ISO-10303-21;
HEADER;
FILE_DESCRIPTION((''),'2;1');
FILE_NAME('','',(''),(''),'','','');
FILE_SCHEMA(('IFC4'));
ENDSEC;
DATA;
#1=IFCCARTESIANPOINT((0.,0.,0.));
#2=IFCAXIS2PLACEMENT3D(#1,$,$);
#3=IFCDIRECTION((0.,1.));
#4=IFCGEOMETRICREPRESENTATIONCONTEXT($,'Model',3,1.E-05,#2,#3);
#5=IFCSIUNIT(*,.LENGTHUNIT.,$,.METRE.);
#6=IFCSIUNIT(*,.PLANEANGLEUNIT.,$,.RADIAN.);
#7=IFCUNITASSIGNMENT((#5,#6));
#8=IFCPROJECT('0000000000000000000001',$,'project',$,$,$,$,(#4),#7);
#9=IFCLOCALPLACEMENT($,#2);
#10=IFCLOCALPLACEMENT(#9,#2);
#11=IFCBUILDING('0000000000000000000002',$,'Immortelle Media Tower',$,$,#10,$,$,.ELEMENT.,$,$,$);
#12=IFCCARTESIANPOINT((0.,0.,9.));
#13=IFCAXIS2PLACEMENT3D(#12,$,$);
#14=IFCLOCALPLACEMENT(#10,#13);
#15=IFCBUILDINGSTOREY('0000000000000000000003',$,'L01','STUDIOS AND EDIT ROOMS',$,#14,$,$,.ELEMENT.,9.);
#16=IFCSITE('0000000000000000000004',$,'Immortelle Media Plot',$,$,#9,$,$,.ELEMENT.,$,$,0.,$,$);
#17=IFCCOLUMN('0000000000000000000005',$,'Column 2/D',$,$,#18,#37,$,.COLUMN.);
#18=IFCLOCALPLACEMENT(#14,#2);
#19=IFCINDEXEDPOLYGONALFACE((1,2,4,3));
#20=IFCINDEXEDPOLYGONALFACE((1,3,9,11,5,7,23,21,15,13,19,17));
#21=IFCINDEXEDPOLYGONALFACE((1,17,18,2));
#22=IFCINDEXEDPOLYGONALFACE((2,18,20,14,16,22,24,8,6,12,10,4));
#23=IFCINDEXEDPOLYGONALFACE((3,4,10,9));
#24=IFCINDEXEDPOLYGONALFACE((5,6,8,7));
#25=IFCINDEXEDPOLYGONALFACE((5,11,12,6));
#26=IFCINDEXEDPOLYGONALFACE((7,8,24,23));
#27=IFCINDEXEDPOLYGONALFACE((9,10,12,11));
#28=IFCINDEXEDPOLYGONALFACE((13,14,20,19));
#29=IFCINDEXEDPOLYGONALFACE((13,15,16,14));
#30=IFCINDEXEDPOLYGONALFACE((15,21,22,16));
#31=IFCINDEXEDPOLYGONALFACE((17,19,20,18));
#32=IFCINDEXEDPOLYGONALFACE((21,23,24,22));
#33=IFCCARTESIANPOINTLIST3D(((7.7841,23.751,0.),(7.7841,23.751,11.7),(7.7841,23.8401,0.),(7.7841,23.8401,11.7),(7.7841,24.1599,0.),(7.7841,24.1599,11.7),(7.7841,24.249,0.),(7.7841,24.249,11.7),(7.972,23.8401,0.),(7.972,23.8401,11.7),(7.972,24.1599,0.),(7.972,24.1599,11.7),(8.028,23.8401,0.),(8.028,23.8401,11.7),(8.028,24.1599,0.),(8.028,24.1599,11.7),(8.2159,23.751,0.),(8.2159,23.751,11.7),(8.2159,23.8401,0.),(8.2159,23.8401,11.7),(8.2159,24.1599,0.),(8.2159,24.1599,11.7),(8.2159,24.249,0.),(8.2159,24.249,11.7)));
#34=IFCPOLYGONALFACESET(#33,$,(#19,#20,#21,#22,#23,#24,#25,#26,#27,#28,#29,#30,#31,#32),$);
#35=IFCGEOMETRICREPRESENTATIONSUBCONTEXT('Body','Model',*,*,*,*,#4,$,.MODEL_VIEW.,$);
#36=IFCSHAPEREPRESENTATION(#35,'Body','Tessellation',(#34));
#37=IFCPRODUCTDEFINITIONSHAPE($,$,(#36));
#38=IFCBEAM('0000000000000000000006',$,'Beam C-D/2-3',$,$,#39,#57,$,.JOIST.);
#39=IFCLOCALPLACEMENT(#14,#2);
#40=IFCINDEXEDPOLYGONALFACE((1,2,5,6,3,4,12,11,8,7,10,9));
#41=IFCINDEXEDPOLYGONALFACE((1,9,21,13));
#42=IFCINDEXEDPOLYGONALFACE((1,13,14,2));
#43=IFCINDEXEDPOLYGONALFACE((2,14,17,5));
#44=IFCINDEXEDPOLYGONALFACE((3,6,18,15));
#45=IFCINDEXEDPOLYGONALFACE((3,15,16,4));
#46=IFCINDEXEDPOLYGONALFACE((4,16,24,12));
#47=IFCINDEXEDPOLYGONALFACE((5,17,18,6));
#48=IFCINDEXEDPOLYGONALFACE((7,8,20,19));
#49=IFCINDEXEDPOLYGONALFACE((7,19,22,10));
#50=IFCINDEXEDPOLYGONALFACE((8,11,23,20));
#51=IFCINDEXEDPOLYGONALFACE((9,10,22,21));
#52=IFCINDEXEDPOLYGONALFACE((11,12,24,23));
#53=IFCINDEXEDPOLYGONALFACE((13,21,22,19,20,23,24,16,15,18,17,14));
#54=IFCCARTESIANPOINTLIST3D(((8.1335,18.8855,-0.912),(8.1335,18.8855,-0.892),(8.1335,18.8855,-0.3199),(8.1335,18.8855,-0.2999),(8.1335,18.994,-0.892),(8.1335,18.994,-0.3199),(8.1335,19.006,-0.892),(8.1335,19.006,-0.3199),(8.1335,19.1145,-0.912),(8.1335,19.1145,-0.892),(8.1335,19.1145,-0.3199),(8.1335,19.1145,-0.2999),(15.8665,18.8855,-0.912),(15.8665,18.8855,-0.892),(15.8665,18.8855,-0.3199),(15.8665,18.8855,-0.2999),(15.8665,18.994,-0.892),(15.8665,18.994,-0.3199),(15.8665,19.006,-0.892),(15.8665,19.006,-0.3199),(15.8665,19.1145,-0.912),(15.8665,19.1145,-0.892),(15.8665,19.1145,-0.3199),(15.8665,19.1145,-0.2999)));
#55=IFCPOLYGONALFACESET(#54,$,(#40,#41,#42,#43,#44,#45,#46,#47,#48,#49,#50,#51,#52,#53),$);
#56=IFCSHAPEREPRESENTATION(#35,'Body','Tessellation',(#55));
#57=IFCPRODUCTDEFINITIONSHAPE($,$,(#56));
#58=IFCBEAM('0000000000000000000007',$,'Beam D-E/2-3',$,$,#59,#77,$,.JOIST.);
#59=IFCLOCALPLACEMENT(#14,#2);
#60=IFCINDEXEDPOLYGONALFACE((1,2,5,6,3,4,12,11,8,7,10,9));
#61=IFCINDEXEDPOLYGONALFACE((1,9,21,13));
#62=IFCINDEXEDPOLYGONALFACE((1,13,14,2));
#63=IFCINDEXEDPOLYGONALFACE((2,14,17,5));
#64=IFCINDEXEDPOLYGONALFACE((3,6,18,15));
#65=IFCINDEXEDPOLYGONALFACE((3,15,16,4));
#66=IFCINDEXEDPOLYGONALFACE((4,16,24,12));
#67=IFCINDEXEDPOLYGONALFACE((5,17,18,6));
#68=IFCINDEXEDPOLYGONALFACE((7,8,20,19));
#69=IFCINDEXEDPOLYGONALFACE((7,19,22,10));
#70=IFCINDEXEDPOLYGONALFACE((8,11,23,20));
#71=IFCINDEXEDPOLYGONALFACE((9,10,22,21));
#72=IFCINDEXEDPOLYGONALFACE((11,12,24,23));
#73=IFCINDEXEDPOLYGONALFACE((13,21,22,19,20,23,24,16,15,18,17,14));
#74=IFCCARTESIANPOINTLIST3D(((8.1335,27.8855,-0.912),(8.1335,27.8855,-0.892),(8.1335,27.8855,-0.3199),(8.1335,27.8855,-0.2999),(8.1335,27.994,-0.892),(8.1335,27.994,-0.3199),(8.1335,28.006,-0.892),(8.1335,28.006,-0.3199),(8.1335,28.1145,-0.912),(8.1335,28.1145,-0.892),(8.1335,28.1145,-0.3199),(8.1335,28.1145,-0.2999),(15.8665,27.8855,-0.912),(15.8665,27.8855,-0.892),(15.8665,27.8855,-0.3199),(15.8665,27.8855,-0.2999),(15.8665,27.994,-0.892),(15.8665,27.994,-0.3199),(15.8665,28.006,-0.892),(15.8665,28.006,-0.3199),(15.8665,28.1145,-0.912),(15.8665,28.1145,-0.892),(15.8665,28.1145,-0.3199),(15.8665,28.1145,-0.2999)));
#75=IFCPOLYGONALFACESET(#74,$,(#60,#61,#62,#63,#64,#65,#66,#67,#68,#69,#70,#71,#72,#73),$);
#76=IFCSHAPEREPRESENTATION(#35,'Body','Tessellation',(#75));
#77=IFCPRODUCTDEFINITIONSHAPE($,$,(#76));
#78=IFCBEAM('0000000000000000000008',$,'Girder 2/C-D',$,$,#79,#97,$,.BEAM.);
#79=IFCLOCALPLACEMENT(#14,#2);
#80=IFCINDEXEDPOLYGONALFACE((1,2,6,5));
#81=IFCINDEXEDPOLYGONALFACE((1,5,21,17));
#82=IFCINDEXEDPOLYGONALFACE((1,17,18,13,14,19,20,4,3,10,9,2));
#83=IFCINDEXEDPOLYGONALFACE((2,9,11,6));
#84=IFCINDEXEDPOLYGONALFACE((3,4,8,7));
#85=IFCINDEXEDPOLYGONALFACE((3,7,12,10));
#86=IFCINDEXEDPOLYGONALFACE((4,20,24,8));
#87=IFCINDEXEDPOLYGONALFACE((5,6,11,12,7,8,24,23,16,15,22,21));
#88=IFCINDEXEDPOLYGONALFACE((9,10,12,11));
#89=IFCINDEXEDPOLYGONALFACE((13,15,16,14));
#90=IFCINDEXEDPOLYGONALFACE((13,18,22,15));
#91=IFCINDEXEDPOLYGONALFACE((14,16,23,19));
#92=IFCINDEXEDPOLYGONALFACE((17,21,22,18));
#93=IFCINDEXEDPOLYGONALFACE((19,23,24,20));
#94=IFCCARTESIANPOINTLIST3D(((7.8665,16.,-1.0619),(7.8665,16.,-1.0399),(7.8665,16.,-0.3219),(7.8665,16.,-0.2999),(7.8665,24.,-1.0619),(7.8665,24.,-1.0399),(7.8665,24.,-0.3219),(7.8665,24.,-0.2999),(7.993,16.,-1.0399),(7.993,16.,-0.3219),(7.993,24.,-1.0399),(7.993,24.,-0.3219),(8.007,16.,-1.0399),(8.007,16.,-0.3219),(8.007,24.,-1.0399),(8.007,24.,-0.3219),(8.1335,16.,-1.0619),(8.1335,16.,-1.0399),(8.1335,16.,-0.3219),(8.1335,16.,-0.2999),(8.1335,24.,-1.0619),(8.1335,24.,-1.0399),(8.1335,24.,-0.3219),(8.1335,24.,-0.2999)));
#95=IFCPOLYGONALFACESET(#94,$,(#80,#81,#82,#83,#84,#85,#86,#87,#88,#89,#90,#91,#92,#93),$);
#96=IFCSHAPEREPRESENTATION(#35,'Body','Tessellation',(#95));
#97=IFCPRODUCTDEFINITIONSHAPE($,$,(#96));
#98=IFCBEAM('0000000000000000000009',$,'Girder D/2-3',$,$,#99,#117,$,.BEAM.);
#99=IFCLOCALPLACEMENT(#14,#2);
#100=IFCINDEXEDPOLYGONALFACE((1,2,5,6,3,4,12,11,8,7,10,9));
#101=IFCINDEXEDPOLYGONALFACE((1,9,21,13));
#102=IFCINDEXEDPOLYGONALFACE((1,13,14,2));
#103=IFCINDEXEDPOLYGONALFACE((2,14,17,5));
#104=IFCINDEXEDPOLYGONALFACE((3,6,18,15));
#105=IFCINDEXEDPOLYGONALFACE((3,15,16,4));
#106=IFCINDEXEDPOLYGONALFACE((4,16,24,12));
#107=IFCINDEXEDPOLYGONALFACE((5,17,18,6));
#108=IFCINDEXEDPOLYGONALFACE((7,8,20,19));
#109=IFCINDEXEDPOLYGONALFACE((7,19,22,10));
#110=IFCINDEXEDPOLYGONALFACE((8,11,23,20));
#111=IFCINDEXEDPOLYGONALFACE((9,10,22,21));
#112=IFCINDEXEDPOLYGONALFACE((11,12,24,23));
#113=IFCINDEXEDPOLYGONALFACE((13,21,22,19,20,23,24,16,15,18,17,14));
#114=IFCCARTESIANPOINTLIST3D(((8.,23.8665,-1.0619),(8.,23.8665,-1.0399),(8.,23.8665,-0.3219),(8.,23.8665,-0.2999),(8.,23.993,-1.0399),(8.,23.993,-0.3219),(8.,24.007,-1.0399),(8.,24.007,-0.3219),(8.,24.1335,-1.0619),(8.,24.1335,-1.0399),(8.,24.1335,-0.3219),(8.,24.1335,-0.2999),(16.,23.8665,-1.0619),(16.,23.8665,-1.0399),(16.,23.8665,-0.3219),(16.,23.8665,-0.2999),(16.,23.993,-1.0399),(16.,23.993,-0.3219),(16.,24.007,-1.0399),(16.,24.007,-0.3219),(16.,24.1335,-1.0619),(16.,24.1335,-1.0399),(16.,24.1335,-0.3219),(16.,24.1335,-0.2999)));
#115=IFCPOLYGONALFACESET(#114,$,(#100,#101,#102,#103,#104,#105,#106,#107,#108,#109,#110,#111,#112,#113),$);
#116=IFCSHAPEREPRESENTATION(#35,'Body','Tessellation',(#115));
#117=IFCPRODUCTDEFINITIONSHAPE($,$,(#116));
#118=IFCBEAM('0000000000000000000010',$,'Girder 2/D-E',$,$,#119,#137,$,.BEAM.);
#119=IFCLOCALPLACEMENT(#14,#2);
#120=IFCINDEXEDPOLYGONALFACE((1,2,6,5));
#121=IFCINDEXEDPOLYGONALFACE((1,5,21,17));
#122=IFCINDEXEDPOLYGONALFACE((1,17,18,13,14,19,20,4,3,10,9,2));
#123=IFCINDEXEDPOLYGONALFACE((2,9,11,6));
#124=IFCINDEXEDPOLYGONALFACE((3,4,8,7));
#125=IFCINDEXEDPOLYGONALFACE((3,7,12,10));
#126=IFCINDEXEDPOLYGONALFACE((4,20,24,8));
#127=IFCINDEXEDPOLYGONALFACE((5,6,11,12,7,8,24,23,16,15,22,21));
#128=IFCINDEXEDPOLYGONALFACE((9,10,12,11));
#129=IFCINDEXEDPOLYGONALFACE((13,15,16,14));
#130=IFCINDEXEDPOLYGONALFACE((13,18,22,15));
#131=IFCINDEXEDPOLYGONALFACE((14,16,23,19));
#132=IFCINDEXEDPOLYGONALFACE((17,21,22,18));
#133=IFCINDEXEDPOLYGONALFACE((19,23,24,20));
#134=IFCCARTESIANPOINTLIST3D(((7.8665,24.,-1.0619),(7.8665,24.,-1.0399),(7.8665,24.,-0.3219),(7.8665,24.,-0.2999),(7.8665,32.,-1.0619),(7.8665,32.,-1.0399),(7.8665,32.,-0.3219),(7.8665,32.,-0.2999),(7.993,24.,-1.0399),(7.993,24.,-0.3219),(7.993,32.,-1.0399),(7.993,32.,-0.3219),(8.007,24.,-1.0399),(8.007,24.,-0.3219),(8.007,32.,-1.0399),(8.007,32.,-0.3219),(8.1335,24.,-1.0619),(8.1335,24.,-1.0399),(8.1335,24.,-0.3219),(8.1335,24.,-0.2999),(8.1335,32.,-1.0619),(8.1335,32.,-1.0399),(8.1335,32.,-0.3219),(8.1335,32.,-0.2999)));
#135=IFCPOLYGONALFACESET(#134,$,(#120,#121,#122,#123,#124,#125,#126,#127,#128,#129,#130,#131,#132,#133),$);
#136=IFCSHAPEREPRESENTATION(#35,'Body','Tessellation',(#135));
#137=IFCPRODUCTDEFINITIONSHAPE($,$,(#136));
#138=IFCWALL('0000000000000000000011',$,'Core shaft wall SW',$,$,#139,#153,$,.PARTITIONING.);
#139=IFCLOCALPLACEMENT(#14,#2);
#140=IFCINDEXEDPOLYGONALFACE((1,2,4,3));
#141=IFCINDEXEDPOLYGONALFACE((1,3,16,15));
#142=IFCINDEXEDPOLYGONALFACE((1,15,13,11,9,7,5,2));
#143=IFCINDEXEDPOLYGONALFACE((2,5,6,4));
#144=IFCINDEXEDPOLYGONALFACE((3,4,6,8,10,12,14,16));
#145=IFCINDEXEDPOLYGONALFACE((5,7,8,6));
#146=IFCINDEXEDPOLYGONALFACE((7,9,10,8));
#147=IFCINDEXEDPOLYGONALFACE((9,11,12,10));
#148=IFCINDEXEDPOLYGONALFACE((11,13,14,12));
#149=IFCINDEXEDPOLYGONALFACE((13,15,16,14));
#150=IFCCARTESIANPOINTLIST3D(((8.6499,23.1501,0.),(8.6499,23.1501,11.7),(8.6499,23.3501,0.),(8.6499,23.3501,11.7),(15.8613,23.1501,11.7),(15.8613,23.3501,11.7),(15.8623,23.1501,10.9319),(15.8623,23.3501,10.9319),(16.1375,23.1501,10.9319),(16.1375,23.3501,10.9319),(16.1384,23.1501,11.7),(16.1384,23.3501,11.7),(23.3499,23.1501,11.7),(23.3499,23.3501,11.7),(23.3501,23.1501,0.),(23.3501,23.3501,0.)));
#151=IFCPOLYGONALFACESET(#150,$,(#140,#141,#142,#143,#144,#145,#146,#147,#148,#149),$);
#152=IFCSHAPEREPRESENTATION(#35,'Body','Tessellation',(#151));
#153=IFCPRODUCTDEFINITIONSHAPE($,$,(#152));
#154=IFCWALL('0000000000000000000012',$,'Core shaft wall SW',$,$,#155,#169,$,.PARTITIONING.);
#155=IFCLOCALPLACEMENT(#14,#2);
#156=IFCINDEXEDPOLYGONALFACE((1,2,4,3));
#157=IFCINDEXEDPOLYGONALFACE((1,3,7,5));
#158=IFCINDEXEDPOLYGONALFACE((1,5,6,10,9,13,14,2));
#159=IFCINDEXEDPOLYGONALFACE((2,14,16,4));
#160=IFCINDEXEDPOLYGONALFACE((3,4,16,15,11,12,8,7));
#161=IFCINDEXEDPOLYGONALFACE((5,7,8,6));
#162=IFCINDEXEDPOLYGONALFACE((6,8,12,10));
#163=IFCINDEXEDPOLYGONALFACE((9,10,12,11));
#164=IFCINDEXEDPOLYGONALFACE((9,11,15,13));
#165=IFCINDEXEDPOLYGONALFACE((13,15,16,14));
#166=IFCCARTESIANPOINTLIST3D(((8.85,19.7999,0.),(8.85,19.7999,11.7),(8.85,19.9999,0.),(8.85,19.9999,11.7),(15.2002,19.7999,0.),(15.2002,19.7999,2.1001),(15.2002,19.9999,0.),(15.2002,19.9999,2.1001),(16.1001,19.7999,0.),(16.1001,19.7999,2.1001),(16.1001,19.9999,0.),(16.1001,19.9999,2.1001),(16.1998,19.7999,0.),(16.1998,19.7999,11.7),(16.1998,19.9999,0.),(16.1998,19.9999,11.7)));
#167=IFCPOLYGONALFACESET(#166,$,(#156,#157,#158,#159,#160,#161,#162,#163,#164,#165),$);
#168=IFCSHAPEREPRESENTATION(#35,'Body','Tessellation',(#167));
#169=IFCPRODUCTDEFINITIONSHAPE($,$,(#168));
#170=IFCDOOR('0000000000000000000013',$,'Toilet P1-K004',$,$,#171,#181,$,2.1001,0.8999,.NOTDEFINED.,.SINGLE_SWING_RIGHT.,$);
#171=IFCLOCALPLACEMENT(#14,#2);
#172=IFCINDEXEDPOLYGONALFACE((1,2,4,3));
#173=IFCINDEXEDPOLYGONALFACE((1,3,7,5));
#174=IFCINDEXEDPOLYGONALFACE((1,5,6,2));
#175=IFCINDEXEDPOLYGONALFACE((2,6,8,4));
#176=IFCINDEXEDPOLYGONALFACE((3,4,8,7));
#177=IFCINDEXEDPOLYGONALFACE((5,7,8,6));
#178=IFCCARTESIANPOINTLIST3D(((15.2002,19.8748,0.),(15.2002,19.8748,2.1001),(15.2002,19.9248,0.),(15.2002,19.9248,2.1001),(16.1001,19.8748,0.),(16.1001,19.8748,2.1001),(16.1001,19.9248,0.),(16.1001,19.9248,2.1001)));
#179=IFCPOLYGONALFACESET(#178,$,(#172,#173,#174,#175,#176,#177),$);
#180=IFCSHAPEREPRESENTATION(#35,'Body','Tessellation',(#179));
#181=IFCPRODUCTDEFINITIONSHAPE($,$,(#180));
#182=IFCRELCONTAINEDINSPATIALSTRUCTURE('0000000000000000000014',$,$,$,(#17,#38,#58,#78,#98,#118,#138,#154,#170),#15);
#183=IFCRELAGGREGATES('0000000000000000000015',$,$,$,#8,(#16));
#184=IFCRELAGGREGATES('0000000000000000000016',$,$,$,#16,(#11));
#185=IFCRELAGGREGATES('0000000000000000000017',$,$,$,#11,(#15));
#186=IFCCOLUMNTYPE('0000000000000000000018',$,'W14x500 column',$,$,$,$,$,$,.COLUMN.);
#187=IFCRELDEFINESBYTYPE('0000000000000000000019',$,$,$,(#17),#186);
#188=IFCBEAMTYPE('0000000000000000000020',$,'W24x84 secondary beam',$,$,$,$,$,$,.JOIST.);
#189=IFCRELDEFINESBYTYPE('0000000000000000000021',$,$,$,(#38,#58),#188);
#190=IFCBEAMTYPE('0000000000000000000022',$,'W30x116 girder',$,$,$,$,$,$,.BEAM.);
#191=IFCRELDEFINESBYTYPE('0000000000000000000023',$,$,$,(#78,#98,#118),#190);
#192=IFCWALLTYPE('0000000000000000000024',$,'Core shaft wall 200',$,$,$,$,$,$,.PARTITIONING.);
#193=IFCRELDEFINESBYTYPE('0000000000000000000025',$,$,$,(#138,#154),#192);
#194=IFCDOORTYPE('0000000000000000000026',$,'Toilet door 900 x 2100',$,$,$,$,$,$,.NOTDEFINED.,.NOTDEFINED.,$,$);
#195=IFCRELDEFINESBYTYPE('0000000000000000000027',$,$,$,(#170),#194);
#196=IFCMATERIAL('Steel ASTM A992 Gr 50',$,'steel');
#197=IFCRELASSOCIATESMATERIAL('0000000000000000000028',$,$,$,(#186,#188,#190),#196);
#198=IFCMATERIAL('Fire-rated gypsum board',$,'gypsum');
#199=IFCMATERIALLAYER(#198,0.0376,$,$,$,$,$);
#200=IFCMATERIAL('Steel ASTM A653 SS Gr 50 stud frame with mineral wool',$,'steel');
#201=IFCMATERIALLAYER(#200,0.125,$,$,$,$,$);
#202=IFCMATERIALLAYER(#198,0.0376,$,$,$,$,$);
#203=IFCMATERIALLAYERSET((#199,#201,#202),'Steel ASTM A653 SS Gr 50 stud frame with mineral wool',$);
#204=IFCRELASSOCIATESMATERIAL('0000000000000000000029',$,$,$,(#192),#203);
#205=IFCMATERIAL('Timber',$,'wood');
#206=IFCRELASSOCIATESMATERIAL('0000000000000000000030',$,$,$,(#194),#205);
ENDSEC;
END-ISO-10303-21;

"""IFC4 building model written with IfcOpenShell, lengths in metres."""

from ifc_helpers import new_model, si_unit, direction, frame, frame_2d, origin, origin_2d, place, context, subcontext, project, spatial, polyline, rectangle, i_section, outline, extrude, material, layer, layer_set, material_profile, profile_set, type_object, element, fill, save


model = new_model("IFC4")

# Units and contexts
model_context = context("Model", 3, precision=1e-05, world=origin(), true_north=direction((0.0, 1.0)))
body_context = subcontext(model_context, "Body", "Model", "MODEL_VIEW")
ifc_project = project(units=[si_unit("LENGTHUNIT", "METRE"), si_unit("PLANEANGLEUNIT", "RADIAN")], contexts=[model_context])

# Site, building, storey
site_placement = place(None, origin())
site = spatial("IfcSite", under=ifc_project, at=site_placement, Name="Immortelle Media Plot", CompositionType="ELEMENT", RefElevation=0.0)
building_placement = place(site_placement, origin())
building = spatial("IfcBuilding", under=site, at=building_placement, Name="Immortelle Media Tower", CompositionType="ELEMENT")
storey_placement = place(building_placement, frame((0.0, 0.0, 9.0)))
storey = spatial("IfcBuildingStorey", under=building, at=storey_placement, Name="L01", Description="STUDIOS AND EDIT ROOMS", CompositionType="ELEMENT", Elevation=9.0)

# Column
ifc_material_1 = material(Name="Steel ASTM A992 Gr 50", Category="steel")
ifc_material_profile_1 = material_profile(ifc_material_1, i_section(OverallWidth=0.4319, OverallDepth=0.498, WebThickness=0.0559, FlangeThickness=0.0891, at=origin_2d()), Name="W14x500")
ifc_profile_set_1 = profile_set([ifc_material_profile_1], Name="Steel ASTM A992 Gr 50")
column_type = type_object("IfcColumnType", Name="W14x500 column", PredefinedType="COLUMN", material=ifc_profile_set_1)
column_placement = place(storey_placement, frame((8.0, 24.0, 0.0), z_axis=(0.0, 0.0, 1.0), x_axis=(1.0, 0.0, 0.0)))
element("IfcColumn", 1, at=column_placement, inside=storey, type_object=column_type, Name="Column 2/D", PredefinedType="COLUMN", context=body_context, shape_type="SweptSolid", body=[
    extrude(i_section(OverallWidth=0.4319, OverallDepth=0.498, WebThickness=0.0559, FlangeThickness=0.0891, at=origin_2d()), origin(), (0.0, 0.0, 1.0), 11.7),
])

# Beams
ifc_material_profile_2 = material_profile(ifc_material_1, i_section(OverallWidth=0.229, OverallDepth=0.6121, WebThickness=0.012, FlangeThickness=0.02, at=origin_2d()), Name="W24x84")
ifc_profile_set_2 = profile_set([ifc_material_profile_2], Name="Steel ASTM A992 Gr 50")
beam_type_1 = type_object("IfcBeamType", Name="W24x84 secondary beam", PredefinedType="JOIST", material=ifc_profile_set_2)
for number, where, z_axis, x_axis, name in (
    (2, (8.1335, 19.0, -0.606), (1.0, 0.0, 0.0), (0.0, 1.0, 0.0), "Beam C-D/2-3"),
    (3, (8.1335, 28.0, -0.606), (1.0, 0.0, 0.0), (0.0, 1.0, 0.0), "Beam D-E/2-3"),
):
    element("IfcBeam", number, at=place(storey_placement, frame(where, z_axis=z_axis, x_axis=x_axis)), inside=storey, type_object=beam_type_1, Name=name, PredefinedType="JOIST", context=body_context, shape_type="SweptSolid", body=[
        extrude(i_section(OverallWidth=0.229, OverallDepth=0.6121, WebThickness=0.012, FlangeThickness=0.02, at=origin_2d()), origin(), (0.0, 0.0, 1.0), 7.7329),
    ])
ifc_material_profile_3 = material_profile(ifc_material_1, i_section(OverallWidth=0.2671, OverallDepth=0.762, WebThickness=0.0139, FlangeThickness=0.022, at=origin_2d()), Name="W30x116")
ifc_profile_set_3 = profile_set([ifc_material_profile_3], Name="Steel ASTM A992 Gr 50")
beam_type_2 = type_object("IfcBeamType", Name="W30x116 girder", PredefinedType="BEAM", material=ifc_profile_set_3)
for number, where, z_axis, x_axis, name in (
    (4, (8.0, 16.0, -0.6809), (0.0, 1.0, 0.0), (-1.0, 0.0, 0.0), "Girder 2/C-D"),
    (5, (8.0, 24.0, -0.6809), (1.0, 0.0, 0.0), (0.0, 1.0, 0.0), "Girder D/2-3"),
    (6, (8.0, 24.0, -0.6809), (0.0, 1.0, 0.0), (-1.0, 0.0, 0.0), "Girder 2/D-E"),
):
    element("IfcBeam", number, at=place(storey_placement, frame(where, z_axis=z_axis, x_axis=x_axis)), inside=storey, type_object=beam_type_2, Name=name, PredefinedType="BEAM", context=body_context, shape_type="SweptSolid", body=[
        extrude(i_section(OverallWidth=0.2671, OverallDepth=0.762, WebThickness=0.0139, FlangeThickness=0.022, at=origin_2d()), origin(), (0.0, 0.0, 1.0), 8.0),
    ])

# Wall
ifc_material_2 = material(Name="Fire-rated gypsum board", Category="gypsum")
ifc_layer_1 = layer(ifc_material_2, 0.0376)
ifc_material_3 = material(Name="Steel ASTM A653 SS Gr 50 stud frame with mineral wool", Category="steel")
ifc_layer_2 = layer(ifc_material_3, 0.125)
ifc_layer_3 = layer(ifc_material_2, 0.0376)
ifc_layer_set_1 = layer_set([ifc_layer_1, ifc_layer_2, ifc_layer_3], Name="Steel ASTM A653 SS Gr 50 stud frame with mineral wool")
wall_type_1 = type_object("IfcWallType", Name="Core shaft wall 200", PredefinedType="PARTITIONING", material=ifc_layer_set_1)
wall_1_placement = place(storey_placement, frame((8.6499, 23.25, 0.0), z_axis=(0.0, 0.0, 1.0), x_axis=(1.0, 0.0, 0.0)))
element("IfcWall", 7, at=wall_1_placement, inside=storey, type_object=wall_type_1, Name="Core shaft wall SW", PredefinedType="PARTITIONING", context=body_context, shape_type="SweptSolid", body=[
    extrude(outline(polyline([(0.0, 0.0), (14.7002, 0.0), (14.7, 11.7), (7.4885, 11.7), (7.4875, 10.9319), (7.2124, 10.9319), (7.2114, 11.7), (0.0, 11.7), (0.0, 0.0)])), frame((0.0, 0.1001, 0.0), z_axis=(0.0, -1.0, 0.0), x_axis=(1.0, 0.0, 0.0)), (0.0, 0.0, 1.0), 0.2),
])

# Wall, opening, door
wall_2_placement = place(storey_placement, frame((8.8501, 19.8999, 0.0), z_axis=(0.0, 0.0, 1.0), x_axis=(1.0, 0.0, 0.0)))
wall_2 = element("IfcWall", 8, at=wall_2_placement, inside=storey, type_object=wall_type_1, Name="Core shaft wall SW", PredefinedType="PARTITIONING", context=body_context, shape_type="SweptSolid", body=[
    extrude(rectangle(XDim=7.3499, YDim=0.2, at=frame_2d((3.6748, 0.0))), origin(), (0.0, 0.0, 1.0), 11.7),
])
opening_1_placement = place(wall_2_placement, frame((6.3501, 0.0, 0.0)))
opening_1 = element("IfcOpeningElement", 9, at=opening_1_placement, cuts=wall_2, PredefinedType="OPENING", context=body_context, shape_type="SweptSolid", body=[
    extrude(rectangle(XDim=0.8999, YDim=2.1001, at=frame_2d((0.45, 1.05))), frame((0.0, 0.1099, 0.0), z_axis=(0.0, -1.0, 0.0), x_axis=(1.0, 0.0, 0.0)), (0.0, 0.0, 1.0), 0.22),
])
ifc_material_4 = material(Name="Timber", Category="wood")
door_type_1 = type_object("IfcDoorType", Name="Toilet door 900 x 2100", OperationType="NOTDEFINED", PredefinedType="NOTDEFINED", material=ifc_material_4)
door_1_placement = place(opening_1_placement, origin())
door_1 = element("IfcDoor", 10, at=door_1_placement, inside=storey, type_object=door_type_1, Name="Toilet P1-K004", OperationType="SINGLE_SWING_RIGHT", OverallHeight=2.1001, OverallWidth=0.8999, PredefinedType="NOTDEFINED", context=body_context, shape_type="SweptSolid", body=[
    extrude(rectangle(XDim=0.8999, YDim=2.1001, at=frame_2d((0.45, 1.05))), frame((0.0, 0.0249, 0.0), z_axis=(0.0, -1.0, 0.0), x_axis=(1.0, 0.0, 0.0)), (0.0, 0.0, 1.0), 0.05),
])
fill(opening_1, door_1)

save(model, "model.ifc")
